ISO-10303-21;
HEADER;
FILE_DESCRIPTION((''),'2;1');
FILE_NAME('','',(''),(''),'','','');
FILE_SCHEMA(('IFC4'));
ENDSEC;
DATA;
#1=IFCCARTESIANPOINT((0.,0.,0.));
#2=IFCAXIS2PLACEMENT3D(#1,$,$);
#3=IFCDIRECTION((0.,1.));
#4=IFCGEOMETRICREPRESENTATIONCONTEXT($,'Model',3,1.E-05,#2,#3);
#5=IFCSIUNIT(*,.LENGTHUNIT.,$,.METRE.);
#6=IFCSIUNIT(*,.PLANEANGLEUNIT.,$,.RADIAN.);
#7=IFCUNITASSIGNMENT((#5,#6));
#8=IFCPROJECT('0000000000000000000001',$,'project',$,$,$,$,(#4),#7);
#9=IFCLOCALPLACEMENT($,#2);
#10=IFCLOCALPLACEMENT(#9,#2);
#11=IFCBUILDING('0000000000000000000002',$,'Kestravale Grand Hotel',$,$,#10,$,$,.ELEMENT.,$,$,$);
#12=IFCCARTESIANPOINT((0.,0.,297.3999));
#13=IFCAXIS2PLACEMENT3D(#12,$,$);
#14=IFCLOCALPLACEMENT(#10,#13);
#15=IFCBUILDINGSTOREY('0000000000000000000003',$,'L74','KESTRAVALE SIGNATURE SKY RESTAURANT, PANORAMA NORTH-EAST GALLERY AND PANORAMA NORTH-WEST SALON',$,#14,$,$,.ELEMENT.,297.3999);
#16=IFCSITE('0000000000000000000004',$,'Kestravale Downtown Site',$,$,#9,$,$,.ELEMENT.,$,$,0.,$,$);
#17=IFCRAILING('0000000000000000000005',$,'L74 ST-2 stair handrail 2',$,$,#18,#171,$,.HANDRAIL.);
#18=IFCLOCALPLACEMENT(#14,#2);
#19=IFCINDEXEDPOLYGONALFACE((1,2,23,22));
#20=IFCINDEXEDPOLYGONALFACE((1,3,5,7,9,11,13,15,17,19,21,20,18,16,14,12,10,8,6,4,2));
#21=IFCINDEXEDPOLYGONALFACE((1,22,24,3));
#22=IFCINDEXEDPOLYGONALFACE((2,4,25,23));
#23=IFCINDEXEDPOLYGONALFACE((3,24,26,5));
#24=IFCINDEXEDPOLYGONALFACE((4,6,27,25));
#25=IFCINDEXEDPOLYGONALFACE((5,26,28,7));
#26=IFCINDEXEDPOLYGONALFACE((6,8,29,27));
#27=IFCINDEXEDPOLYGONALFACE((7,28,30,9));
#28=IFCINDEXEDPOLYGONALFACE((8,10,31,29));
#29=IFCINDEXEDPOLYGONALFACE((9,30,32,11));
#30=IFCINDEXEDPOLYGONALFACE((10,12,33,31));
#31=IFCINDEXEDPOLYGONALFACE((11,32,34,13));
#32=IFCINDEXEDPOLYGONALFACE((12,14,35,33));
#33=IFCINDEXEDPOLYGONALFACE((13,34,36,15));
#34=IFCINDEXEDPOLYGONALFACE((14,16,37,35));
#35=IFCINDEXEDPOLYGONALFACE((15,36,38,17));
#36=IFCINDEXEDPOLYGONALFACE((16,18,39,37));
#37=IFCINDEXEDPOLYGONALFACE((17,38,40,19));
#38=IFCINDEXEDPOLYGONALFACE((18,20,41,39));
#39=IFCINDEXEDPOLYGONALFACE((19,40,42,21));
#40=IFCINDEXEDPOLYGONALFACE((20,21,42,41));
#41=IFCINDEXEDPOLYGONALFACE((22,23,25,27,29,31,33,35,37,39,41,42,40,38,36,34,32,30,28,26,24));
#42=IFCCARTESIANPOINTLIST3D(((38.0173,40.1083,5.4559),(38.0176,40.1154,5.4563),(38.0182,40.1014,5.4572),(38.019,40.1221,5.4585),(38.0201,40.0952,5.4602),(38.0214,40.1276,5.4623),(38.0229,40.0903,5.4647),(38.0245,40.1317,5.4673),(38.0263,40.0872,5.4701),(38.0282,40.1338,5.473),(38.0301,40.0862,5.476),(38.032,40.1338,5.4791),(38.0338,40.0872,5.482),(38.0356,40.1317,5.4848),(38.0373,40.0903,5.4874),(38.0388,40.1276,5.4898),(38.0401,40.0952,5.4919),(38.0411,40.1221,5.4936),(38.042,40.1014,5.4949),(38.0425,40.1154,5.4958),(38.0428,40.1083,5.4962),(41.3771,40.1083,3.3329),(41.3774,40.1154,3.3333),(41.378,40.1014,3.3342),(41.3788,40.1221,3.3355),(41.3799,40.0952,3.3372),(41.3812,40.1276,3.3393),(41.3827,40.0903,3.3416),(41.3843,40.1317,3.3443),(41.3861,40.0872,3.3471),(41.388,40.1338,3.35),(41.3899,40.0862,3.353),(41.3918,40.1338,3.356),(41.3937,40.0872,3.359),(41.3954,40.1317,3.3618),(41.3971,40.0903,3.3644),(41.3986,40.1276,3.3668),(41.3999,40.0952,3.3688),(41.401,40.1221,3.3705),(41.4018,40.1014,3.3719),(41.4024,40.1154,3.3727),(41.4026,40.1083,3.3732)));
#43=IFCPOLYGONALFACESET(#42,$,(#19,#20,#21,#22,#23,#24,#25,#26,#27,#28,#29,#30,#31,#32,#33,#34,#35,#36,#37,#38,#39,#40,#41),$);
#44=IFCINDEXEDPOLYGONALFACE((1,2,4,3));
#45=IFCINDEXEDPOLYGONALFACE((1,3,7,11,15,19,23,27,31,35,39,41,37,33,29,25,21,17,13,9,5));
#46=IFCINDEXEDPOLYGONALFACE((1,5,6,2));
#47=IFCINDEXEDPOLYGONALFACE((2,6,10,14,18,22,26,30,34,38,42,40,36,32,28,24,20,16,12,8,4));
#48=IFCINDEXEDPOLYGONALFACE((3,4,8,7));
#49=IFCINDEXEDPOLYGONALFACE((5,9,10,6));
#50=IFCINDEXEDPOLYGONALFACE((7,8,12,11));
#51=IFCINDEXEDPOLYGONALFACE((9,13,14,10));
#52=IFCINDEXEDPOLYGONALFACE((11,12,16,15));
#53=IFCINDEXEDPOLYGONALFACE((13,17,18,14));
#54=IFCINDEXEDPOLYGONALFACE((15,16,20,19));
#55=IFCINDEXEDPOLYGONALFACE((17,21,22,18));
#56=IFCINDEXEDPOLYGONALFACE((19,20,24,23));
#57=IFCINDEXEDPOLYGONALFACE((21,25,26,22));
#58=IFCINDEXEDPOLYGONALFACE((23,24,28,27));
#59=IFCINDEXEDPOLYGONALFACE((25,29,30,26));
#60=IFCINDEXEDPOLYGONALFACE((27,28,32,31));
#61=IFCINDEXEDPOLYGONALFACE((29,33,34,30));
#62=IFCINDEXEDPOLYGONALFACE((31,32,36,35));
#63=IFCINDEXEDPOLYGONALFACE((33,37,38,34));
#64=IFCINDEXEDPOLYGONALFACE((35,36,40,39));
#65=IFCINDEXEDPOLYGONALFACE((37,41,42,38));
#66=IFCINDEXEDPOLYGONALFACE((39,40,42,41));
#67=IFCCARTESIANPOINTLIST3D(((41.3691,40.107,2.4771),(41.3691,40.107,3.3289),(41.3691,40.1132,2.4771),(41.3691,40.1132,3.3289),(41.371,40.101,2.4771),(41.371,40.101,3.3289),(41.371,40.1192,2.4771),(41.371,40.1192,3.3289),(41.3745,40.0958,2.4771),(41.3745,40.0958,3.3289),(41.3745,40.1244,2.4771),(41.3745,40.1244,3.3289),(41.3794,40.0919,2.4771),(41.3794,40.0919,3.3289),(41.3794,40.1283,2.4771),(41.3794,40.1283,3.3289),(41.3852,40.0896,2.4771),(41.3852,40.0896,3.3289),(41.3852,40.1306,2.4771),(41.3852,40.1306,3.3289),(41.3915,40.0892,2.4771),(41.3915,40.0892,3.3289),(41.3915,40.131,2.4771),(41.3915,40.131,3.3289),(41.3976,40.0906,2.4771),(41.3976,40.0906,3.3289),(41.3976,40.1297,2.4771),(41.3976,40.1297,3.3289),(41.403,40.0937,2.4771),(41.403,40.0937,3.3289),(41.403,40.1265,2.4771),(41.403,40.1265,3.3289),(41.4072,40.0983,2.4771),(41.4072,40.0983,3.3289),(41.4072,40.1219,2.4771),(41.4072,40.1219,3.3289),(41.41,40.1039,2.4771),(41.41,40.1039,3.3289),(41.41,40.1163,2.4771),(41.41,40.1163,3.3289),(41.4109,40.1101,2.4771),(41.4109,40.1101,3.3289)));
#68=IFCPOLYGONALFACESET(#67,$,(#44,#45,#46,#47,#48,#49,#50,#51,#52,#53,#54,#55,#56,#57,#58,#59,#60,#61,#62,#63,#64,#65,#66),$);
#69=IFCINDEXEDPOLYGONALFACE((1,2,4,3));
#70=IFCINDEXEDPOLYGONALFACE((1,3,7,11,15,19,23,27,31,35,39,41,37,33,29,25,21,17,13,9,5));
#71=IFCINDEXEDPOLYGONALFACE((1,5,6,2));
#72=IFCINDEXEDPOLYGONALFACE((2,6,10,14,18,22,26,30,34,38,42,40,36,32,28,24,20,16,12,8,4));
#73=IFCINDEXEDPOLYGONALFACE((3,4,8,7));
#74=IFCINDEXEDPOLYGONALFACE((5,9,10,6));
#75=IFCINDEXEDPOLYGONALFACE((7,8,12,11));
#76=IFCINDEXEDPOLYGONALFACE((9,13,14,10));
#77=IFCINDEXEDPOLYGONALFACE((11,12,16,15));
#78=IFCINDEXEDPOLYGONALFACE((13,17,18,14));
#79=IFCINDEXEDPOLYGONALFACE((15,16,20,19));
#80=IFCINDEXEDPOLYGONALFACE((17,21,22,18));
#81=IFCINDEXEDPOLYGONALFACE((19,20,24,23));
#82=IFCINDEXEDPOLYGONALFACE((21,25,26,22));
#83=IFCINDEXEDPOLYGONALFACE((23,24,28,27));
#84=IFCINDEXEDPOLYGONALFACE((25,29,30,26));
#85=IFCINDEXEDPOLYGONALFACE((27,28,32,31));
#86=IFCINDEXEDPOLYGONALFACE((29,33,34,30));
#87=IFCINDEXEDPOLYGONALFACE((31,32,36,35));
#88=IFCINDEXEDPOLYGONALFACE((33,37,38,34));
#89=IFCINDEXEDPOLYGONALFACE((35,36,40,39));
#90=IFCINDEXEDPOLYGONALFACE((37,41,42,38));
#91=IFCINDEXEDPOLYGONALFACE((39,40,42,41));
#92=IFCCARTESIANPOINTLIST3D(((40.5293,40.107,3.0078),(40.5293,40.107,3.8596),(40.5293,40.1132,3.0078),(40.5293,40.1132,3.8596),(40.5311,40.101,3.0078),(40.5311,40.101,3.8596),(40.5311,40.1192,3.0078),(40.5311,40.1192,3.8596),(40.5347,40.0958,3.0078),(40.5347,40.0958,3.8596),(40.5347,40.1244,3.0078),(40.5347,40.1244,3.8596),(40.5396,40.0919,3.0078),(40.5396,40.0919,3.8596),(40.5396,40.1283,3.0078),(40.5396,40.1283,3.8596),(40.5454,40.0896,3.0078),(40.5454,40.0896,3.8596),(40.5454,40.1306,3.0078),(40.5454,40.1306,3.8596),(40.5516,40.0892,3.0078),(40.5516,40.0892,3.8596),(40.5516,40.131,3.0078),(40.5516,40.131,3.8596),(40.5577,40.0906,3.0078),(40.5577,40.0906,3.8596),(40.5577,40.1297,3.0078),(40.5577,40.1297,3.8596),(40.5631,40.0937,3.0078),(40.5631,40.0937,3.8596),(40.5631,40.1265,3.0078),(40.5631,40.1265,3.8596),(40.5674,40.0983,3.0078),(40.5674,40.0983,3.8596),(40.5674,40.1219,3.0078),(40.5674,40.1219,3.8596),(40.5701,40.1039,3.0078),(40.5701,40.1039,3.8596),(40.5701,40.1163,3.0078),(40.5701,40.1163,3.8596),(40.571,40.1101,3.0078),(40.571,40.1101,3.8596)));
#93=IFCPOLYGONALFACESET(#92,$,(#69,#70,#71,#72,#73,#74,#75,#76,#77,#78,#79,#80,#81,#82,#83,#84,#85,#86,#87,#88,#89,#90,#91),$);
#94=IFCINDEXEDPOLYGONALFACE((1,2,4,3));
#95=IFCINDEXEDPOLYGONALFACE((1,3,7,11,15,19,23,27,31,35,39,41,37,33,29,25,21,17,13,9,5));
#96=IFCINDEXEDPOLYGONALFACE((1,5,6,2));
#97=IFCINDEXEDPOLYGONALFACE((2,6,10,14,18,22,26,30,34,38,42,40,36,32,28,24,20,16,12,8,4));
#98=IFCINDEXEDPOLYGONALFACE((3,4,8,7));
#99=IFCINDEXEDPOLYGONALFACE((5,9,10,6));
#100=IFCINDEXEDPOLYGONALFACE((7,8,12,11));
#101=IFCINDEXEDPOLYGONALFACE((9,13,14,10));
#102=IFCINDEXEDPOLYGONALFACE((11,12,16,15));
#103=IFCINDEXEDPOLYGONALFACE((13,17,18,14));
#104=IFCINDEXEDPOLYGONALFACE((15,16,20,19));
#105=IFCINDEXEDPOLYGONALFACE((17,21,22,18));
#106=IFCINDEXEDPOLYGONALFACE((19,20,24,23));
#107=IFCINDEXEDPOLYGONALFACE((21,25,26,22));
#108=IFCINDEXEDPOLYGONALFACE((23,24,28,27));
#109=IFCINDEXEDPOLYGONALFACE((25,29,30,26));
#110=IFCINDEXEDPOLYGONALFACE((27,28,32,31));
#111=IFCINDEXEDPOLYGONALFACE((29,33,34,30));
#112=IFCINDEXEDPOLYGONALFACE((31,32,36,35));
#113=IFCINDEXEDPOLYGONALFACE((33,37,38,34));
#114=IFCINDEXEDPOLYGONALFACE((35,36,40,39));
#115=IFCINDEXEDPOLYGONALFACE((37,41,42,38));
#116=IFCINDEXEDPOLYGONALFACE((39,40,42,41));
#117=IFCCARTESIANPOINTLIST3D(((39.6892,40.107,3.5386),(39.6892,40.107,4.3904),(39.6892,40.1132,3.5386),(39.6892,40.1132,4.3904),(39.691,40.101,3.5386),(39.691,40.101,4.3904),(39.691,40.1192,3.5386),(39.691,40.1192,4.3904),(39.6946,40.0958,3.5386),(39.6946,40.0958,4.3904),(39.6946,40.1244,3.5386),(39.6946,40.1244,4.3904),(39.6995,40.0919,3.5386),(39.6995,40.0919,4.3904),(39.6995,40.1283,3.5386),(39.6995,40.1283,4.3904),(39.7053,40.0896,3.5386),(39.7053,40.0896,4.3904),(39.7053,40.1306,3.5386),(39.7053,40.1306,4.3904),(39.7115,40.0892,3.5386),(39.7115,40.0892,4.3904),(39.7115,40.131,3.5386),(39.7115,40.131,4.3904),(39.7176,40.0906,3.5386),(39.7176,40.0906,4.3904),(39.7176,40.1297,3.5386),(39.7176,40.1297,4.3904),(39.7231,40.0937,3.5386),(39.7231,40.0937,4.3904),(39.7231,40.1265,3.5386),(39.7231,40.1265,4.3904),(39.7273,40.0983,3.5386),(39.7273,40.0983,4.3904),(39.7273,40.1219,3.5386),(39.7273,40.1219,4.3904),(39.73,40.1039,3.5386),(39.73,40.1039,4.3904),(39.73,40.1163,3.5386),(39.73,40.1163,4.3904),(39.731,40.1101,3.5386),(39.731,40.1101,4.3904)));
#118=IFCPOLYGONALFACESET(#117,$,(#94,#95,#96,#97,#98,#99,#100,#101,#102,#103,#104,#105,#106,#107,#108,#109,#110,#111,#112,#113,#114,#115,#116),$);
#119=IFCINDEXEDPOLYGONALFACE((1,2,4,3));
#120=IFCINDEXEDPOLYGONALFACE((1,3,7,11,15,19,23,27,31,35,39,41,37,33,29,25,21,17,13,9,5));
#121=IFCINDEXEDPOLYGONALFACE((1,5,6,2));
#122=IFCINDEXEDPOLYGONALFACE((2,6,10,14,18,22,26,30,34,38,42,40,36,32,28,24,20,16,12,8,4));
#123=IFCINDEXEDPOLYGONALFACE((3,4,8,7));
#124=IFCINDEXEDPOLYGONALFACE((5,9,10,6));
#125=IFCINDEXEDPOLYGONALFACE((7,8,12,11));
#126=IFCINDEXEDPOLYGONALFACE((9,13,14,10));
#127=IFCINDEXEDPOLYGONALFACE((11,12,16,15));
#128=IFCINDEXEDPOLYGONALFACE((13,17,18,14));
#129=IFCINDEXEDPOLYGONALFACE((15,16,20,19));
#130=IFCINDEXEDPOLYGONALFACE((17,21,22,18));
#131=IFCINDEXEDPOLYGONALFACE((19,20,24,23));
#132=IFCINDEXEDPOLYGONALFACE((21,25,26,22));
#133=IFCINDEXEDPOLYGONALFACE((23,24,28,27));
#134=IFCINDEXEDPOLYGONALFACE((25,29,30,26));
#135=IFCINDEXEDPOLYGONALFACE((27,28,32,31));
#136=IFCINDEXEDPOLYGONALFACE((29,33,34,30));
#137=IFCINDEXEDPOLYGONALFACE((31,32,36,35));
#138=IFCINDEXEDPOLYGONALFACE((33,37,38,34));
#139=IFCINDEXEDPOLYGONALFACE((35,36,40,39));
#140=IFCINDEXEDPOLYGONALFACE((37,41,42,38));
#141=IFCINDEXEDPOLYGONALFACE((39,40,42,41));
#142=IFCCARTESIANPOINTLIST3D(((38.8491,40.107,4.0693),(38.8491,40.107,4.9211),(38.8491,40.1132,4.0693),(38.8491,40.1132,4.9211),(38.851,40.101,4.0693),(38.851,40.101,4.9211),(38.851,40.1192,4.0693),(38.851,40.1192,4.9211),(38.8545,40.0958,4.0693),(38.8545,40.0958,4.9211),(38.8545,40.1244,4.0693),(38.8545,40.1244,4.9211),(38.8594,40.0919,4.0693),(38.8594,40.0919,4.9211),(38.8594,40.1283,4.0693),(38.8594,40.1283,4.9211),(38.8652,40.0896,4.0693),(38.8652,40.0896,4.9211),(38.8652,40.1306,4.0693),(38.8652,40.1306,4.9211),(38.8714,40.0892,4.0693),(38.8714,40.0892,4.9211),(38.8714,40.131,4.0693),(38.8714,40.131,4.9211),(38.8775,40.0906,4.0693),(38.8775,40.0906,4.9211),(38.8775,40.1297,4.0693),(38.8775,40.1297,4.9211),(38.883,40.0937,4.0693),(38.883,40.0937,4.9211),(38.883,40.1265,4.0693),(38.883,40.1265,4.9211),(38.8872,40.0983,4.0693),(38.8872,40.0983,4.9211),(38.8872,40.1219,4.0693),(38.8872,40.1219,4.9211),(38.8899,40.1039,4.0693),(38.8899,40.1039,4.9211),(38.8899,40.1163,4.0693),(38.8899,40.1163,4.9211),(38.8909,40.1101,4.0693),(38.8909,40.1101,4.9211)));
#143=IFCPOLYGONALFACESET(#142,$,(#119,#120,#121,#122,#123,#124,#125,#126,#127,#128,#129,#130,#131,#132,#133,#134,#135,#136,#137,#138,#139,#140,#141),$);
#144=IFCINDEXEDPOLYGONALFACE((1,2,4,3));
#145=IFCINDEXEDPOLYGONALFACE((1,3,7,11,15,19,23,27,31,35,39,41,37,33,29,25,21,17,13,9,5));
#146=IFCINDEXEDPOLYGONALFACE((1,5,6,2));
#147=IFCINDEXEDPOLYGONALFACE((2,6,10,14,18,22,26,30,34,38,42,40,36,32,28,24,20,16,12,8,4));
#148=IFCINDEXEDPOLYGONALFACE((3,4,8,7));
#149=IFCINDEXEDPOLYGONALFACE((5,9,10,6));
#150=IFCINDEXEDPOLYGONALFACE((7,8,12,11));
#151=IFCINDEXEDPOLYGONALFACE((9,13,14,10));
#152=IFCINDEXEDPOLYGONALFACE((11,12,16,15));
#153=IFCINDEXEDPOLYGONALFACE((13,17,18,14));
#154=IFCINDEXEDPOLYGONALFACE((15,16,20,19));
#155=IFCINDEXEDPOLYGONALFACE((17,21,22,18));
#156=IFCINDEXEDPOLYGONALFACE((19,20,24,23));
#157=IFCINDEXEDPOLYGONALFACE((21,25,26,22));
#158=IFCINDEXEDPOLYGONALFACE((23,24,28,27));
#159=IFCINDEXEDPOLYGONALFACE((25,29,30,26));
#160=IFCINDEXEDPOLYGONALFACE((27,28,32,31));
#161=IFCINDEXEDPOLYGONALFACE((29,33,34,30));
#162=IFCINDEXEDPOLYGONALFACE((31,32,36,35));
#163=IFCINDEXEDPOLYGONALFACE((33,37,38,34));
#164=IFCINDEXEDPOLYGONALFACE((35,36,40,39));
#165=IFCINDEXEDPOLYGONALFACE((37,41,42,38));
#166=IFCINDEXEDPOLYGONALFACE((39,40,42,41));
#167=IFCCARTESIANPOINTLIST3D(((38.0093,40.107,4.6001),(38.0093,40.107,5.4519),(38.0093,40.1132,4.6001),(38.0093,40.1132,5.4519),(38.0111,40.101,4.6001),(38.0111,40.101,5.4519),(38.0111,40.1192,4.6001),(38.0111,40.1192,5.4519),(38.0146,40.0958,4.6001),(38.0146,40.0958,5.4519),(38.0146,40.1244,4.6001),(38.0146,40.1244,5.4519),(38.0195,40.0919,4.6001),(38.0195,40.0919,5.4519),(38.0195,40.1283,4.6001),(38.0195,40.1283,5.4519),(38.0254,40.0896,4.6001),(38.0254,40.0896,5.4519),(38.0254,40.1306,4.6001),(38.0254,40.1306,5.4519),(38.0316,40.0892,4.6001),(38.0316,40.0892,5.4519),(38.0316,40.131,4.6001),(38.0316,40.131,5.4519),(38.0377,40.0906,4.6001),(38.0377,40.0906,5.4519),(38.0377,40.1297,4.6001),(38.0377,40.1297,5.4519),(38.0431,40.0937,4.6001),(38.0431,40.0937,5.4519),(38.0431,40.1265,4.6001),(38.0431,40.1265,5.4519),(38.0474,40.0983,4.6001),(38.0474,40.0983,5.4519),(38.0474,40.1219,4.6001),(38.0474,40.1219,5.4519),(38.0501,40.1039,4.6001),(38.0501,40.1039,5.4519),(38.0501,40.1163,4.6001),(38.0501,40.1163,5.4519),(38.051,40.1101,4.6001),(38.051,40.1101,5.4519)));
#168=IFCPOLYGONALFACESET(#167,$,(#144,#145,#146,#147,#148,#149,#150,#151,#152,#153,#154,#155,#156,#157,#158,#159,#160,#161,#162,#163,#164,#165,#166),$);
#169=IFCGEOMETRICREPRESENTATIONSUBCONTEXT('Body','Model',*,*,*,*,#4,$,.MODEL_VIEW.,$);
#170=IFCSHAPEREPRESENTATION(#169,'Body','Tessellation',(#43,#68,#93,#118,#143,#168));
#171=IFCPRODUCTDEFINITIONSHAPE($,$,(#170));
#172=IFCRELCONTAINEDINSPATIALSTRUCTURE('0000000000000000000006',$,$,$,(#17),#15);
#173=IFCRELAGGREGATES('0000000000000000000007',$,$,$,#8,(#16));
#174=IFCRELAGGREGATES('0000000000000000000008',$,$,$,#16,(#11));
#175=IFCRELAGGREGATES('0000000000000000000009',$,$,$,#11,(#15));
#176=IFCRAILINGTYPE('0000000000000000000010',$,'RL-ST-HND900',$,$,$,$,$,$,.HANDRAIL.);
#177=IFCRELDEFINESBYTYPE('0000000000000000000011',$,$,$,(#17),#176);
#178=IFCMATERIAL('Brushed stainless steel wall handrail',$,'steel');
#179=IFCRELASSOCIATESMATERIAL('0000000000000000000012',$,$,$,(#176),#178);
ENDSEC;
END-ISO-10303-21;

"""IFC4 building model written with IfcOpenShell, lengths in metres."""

from ifc_helpers import new_model, si_unit, direction, frame, origin, origin_2d, place, context, subcontext, project, spatial, circle, extrude, material, type_object, element, save


model = new_model("IFC4")

# Units and contexts
model_context = context("Model", 3, precision=1e-05, world=origin(), true_north=direction((0.0, 1.0)))
body_context = subcontext(model_context, "Body", "Model", "MODEL_VIEW")
ifc_project = project(units=[si_unit("LENGTHUNIT", "METRE"), si_unit("PLANEANGLEUNIT", "RADIAN")], contexts=[model_context])

# Site, building, storey
site_placement = place(None, origin())
site = spatial("IfcSite", under=ifc_project, at=site_placement, Name="Kestravale Downtown Site", CompositionType="ELEMENT", RefElevation=0.0)
building_placement = place(site_placement, origin())
building = spatial("IfcBuilding", under=site, at=building_placement, Name="Kestravale Grand Hotel", CompositionType="ELEMENT")
storey_placement = place(building_placement, frame((0.0, 0.0, 297.3999)))
storey = spatial("IfcBuildingStorey", under=building, at=storey_placement, Name="L74", Description="KESTRAVALE SIGNATURE SKY RESTAURANT, PANORAMA NORTH-EAST GALLERY AND PANORAMA NORTH-WEST SALON", CompositionType="ELEMENT", Elevation=297.3999)

# Railing
ifc_material_1 = material(Name="Brushed stainless steel wall handrail", Category="steel")
railing_type_1 = type_object("IfcRailingType", Name="RL-ST-HND900", PredefinedType="HANDRAIL", material=ifc_material_1)
railing_1_placement = place(storey_placement, frame((41.3899, 40.1101, 2.4771)))
element("IfcRailing", 1, at=railing_1_placement, inside=storey, type_object=railing_type_1, Name="L74 ST-2 stair handrail 2", PredefinedType="HANDRAIL", context=body_context, shape_type="SweptSolid", body=[
    extrude(circle(Radius=0.0239, at=origin_2d()), frame((0.0, 0.0, 0.876), z_axis=(-0.845372, 0.0, 0.534178), x_axis=(0.0, -1.0, 0.0)), (0.0, 0.0, 1.0), 3.9744),
    extrude(circle(Radius=0.021, at=origin_2d()), origin(), (0.0, 0.0, 1.0), 0.8518),
    extrude(circle(Radius=0.021, at=origin_2d()), frame((-0.8398, 0.0, 0.5308)), (0.0, 0.0, 1.0), 0.8518),
    extrude(circle(Radius=0.021, at=origin_2d()), frame((-1.6799, 0.0, 1.0615)), (0.0, 0.0, 1.0), 0.8518),
    extrude(circle(Radius=0.021, at=origin_2d()), frame((-2.52, 0.0, 1.5923)), (0.0, 0.0, 1.0), 0.8518),
    extrude(circle(Radius=0.021, at=origin_2d()), frame((-3.3599, 0.0, 2.123)), (0.0, 0.0, 1.0), 0.8518),
])

save(model, "model.ifc")
